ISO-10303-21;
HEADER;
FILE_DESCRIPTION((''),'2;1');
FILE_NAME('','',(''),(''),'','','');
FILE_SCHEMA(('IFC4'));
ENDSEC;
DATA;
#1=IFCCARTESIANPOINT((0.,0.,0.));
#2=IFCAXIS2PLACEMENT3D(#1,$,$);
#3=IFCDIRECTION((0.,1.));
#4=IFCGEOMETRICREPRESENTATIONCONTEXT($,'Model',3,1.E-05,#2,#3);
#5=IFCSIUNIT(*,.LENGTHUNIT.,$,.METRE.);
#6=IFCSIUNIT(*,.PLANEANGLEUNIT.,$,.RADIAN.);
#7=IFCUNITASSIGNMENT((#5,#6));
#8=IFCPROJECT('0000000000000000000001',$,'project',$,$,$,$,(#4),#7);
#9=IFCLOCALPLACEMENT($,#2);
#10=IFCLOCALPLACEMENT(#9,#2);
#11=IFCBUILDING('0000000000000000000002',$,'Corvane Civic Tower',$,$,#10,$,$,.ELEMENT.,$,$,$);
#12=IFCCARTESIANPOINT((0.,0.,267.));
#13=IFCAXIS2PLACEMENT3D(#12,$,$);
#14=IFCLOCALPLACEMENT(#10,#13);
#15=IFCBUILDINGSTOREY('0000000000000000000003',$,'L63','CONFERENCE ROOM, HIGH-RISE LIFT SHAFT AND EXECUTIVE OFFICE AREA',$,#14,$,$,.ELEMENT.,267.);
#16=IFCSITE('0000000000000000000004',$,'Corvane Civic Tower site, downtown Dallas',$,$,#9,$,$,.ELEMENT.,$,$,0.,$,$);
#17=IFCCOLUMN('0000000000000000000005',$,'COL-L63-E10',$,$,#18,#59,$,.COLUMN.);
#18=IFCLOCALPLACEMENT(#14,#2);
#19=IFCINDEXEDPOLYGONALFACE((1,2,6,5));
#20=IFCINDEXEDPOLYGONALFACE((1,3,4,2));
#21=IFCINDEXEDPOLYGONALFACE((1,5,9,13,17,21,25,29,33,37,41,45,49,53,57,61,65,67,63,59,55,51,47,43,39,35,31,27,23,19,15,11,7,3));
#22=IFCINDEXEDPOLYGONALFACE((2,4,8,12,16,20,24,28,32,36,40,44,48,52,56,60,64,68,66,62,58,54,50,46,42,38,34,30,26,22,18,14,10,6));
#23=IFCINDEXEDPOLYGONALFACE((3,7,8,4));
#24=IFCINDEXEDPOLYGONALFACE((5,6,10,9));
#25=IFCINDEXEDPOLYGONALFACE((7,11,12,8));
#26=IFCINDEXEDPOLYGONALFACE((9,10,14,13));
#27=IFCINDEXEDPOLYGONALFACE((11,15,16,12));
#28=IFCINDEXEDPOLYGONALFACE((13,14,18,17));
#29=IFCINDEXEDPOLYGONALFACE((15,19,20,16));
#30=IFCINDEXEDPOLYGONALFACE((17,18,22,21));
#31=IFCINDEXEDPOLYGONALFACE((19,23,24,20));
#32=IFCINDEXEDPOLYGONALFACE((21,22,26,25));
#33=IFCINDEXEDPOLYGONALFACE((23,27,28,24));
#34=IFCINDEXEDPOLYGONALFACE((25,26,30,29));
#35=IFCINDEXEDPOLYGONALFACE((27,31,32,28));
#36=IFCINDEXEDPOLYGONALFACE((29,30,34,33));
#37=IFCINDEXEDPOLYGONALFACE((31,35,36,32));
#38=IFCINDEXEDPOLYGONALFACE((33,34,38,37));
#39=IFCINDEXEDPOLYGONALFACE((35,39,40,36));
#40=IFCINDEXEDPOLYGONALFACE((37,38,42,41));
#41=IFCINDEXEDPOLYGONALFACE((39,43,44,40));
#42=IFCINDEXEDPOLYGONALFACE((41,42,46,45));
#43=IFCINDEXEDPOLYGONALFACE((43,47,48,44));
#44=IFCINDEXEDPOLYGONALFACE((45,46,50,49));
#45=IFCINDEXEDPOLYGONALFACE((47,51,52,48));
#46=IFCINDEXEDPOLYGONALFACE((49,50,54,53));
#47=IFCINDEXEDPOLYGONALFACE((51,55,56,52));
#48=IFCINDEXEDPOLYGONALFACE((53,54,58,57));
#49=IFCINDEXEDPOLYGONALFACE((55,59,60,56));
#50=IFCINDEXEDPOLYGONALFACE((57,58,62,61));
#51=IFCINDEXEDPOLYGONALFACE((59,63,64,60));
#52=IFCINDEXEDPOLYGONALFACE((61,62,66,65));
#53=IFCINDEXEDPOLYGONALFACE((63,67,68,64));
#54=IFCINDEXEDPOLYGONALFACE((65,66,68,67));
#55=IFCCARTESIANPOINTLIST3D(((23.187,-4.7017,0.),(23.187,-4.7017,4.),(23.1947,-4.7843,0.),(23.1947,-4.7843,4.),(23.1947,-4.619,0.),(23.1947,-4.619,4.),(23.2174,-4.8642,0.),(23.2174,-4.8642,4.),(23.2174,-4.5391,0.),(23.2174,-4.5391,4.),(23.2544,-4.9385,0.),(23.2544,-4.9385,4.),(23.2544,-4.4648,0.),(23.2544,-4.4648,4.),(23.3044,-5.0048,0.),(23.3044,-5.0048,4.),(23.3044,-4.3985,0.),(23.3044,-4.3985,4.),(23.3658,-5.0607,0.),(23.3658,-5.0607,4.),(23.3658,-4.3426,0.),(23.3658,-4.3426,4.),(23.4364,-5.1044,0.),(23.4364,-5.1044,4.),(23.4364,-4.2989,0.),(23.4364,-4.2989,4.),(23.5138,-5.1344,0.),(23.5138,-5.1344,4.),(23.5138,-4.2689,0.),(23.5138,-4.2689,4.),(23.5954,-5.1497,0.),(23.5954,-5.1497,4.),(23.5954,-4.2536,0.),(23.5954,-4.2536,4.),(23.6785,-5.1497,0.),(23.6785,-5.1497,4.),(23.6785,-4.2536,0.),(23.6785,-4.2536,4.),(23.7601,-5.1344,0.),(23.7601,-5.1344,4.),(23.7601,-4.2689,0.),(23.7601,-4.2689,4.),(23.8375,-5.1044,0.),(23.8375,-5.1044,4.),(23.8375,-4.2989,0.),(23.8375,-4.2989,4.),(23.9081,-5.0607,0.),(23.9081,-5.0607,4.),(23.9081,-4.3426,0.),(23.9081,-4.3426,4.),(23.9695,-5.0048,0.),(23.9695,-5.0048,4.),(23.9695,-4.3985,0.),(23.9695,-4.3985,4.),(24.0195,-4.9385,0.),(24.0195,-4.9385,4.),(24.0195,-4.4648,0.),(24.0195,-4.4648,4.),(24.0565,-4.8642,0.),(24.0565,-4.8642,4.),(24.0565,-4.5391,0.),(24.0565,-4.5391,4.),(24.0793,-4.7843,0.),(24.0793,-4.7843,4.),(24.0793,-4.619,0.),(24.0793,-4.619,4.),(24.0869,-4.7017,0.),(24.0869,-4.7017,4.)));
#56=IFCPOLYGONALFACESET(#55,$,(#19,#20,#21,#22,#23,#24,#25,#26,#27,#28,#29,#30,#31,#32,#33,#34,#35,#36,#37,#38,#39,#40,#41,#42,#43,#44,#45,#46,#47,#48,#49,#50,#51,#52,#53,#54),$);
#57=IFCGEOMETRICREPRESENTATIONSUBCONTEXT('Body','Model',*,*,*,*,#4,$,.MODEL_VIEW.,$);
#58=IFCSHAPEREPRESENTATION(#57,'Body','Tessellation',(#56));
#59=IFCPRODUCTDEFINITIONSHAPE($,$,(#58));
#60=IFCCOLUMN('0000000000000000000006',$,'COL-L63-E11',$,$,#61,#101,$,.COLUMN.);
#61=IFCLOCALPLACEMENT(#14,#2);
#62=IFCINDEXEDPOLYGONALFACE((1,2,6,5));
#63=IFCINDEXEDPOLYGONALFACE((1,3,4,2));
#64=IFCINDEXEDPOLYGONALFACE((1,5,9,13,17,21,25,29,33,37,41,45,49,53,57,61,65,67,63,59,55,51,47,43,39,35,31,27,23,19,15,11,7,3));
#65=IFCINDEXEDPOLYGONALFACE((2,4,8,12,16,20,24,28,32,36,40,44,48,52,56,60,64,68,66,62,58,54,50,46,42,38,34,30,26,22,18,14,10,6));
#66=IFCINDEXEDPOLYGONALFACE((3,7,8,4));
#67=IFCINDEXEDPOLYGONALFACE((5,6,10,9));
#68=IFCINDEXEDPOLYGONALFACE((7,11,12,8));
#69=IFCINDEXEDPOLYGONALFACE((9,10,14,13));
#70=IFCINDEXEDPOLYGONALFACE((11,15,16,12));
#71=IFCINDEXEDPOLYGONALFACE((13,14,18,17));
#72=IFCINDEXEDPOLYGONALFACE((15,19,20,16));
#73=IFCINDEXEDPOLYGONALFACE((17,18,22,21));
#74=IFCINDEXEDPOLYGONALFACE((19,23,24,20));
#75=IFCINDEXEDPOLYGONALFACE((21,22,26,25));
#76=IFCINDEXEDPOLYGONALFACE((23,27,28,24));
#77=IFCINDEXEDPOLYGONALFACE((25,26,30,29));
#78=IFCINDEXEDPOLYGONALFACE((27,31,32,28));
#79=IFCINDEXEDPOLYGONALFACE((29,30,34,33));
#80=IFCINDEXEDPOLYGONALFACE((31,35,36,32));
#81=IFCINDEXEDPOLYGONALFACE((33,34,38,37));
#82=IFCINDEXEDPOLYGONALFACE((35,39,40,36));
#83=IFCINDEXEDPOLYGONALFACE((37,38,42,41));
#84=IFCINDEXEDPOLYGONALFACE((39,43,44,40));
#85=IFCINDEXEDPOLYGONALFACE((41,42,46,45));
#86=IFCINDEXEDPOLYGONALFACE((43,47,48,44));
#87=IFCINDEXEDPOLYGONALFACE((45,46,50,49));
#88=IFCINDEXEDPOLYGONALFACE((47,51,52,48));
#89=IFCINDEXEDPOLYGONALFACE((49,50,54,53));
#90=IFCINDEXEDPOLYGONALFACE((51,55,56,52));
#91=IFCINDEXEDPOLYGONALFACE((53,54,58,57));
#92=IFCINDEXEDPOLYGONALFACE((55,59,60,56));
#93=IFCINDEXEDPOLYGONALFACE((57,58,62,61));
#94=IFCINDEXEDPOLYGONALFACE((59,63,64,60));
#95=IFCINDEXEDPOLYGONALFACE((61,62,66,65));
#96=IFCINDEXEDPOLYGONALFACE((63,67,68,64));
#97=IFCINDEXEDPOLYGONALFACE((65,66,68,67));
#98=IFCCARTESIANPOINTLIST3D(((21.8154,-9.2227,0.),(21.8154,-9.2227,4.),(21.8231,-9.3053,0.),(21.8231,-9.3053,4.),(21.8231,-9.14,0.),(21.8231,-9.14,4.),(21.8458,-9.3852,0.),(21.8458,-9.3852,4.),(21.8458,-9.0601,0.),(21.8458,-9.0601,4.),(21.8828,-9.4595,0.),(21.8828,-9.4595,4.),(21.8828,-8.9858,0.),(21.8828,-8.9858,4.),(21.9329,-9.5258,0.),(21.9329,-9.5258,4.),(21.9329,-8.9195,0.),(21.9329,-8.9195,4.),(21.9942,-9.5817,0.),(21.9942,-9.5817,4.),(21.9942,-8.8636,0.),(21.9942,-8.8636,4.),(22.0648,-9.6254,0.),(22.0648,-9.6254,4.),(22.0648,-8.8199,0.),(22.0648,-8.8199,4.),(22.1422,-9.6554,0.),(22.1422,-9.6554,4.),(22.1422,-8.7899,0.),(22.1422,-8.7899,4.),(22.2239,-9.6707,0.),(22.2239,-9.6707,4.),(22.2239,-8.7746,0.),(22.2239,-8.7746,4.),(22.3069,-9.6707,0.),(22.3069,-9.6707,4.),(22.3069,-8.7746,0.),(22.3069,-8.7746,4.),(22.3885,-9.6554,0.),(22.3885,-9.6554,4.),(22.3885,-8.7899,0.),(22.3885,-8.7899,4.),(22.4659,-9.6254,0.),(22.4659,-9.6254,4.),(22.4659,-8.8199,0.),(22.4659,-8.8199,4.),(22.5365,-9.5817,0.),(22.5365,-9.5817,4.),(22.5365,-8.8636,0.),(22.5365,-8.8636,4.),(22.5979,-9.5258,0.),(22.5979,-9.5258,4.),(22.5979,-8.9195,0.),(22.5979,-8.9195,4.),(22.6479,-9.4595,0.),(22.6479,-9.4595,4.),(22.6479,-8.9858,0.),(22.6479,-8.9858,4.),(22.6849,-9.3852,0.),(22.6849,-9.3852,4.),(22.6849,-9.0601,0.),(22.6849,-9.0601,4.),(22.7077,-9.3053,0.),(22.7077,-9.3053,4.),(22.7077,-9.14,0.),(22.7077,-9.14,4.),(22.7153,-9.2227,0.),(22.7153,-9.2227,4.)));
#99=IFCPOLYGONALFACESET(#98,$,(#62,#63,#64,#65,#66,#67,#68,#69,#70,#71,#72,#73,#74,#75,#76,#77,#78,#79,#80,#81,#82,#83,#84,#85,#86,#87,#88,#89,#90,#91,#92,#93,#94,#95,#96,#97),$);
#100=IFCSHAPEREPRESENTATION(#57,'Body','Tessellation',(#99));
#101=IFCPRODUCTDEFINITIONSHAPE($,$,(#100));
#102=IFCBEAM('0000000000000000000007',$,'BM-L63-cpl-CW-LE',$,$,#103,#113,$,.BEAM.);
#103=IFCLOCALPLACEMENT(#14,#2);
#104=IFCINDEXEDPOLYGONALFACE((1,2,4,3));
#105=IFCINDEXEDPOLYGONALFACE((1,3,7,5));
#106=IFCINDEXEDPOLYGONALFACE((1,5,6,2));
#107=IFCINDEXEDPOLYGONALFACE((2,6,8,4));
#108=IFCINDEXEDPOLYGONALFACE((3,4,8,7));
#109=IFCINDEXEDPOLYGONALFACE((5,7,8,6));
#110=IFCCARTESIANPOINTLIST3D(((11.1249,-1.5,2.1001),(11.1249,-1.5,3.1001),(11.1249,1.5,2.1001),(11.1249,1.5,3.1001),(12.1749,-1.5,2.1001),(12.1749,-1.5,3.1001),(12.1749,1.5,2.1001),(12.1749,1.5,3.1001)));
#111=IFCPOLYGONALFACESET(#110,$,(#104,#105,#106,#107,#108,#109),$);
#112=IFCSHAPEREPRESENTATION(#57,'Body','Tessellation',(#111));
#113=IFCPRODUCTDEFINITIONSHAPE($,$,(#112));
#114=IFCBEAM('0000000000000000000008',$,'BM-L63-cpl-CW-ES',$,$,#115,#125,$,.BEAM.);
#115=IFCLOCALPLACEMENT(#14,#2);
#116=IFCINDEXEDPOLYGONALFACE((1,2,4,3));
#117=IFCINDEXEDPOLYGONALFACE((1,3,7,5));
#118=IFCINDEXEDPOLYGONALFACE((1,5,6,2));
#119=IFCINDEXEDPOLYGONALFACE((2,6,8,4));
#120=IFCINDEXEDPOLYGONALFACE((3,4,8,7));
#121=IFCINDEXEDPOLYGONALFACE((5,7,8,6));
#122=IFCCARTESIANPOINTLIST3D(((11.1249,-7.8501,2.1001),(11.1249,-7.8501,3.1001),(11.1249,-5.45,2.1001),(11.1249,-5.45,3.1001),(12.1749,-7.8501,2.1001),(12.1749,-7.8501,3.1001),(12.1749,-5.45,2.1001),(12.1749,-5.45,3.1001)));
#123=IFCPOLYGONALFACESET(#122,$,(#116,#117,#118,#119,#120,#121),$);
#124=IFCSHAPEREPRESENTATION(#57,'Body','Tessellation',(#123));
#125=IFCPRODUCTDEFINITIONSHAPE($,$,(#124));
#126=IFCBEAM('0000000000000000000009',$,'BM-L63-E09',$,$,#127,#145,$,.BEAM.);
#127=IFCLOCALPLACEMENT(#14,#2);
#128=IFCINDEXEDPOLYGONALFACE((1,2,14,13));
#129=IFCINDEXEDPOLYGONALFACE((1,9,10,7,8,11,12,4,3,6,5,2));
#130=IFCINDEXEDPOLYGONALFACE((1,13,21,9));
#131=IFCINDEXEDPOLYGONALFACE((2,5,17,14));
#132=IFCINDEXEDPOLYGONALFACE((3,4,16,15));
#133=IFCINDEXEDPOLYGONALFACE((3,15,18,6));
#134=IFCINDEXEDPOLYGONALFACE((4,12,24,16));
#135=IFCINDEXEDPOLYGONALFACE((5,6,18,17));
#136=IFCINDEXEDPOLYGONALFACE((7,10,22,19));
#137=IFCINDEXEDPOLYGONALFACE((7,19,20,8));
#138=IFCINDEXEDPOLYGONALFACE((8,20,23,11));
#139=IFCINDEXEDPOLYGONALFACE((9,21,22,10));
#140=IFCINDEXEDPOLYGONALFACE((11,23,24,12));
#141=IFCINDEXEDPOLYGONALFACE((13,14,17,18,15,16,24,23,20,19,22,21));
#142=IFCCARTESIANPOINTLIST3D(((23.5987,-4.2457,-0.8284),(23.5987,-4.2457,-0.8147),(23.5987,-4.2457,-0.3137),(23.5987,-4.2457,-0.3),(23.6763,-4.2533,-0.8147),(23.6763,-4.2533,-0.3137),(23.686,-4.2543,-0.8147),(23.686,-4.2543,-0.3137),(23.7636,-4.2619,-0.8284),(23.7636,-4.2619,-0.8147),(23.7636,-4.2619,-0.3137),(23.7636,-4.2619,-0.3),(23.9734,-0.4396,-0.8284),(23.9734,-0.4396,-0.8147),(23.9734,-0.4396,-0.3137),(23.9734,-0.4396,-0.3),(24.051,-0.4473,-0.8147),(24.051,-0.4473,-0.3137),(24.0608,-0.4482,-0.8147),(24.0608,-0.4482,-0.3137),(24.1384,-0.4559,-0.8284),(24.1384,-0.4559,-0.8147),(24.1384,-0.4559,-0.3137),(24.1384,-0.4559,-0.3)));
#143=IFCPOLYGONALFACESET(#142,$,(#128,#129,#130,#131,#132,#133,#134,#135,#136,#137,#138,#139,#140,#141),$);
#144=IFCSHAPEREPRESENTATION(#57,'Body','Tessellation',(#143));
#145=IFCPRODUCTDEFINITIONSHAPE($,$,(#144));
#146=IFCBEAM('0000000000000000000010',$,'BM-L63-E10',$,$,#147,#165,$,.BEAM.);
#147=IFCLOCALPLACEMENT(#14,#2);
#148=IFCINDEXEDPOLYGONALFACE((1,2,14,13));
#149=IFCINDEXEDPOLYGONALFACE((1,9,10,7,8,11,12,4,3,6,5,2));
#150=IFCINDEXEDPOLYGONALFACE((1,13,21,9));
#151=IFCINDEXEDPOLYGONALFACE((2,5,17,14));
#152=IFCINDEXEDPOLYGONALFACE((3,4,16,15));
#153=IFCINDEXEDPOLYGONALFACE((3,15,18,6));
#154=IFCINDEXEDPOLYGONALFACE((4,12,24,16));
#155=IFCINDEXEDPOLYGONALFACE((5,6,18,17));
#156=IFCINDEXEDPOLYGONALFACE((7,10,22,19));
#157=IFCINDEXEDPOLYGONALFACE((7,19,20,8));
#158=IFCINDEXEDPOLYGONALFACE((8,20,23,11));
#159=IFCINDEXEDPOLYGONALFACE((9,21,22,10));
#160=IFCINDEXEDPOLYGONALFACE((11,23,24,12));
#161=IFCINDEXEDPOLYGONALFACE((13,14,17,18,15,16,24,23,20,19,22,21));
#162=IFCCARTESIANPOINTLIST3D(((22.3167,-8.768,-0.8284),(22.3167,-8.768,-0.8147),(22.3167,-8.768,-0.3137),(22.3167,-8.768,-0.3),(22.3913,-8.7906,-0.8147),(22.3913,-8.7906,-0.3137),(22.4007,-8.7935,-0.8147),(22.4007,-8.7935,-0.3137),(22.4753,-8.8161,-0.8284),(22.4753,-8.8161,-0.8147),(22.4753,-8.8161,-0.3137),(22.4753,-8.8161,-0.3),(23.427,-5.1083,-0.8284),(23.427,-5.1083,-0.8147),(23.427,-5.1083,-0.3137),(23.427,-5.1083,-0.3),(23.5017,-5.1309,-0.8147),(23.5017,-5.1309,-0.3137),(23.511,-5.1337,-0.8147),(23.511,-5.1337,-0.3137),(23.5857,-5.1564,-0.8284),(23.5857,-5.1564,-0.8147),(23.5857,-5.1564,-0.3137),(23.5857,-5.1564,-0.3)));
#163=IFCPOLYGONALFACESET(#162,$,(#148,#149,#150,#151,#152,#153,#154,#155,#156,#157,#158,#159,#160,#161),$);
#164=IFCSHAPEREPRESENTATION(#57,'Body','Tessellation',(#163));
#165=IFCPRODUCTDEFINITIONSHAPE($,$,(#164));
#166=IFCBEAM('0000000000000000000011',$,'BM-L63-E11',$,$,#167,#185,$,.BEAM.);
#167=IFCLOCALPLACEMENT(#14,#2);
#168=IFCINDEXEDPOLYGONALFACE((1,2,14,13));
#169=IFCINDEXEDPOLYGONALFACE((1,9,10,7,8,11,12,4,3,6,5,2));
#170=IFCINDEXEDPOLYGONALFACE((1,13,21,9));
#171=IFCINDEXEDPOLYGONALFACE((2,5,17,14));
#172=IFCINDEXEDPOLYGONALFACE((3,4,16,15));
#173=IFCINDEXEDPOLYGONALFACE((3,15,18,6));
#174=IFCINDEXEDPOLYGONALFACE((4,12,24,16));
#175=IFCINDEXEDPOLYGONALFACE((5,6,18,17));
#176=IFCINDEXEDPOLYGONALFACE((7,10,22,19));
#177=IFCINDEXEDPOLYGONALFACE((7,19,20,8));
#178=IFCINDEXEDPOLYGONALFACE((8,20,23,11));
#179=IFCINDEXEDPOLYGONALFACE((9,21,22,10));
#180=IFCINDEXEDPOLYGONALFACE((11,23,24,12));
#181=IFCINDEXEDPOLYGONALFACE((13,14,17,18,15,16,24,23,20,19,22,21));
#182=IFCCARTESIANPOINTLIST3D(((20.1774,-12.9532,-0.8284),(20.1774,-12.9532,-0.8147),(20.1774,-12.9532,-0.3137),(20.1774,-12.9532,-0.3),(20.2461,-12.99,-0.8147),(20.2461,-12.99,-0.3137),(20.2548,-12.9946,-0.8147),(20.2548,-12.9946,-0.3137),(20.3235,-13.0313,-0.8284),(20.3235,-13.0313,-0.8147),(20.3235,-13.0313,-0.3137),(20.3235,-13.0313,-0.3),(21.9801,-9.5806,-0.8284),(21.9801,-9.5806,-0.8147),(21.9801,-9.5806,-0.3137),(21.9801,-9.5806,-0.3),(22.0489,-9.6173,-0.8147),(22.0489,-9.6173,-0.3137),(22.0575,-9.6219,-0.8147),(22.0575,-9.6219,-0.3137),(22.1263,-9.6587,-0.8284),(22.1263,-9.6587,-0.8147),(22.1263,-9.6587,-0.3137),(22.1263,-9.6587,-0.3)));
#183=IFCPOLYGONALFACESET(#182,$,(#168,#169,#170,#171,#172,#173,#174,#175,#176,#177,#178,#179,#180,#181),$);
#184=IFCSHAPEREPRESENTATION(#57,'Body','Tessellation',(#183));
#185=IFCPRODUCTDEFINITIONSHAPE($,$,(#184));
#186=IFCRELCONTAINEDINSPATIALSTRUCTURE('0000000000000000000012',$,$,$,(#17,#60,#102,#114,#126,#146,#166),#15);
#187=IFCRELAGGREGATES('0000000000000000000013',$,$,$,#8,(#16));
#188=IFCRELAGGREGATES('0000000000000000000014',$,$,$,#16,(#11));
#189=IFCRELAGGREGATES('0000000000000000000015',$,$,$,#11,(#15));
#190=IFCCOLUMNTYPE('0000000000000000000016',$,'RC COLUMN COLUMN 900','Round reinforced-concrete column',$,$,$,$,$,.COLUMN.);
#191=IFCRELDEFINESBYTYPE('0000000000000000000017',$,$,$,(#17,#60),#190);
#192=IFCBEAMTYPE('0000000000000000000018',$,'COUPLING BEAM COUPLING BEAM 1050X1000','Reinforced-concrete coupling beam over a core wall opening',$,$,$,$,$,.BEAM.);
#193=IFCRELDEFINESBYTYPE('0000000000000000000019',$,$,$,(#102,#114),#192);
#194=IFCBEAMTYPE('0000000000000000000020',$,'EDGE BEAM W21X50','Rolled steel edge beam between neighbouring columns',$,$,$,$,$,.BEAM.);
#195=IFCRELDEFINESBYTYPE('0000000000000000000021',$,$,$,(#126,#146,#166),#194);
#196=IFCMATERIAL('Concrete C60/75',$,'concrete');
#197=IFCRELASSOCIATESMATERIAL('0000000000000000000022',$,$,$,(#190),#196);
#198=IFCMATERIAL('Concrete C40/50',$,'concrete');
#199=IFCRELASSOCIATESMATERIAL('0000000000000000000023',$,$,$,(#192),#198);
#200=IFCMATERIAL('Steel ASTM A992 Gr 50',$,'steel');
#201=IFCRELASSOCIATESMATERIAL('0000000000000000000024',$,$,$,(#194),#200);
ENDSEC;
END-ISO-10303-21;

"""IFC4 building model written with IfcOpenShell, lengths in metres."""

from ifc_helpers import new_model, si_unit, direction, frame, origin, origin_2d, place, context, subcontext, project, spatial, rectangle, circle, i_section, extrude, material, material_profile, profile_set, type_object, element, save


model = new_model("IFC4")

# Units and contexts
model_context = context("Model", 3, precision=1e-05, world=origin(), true_north=direction((0.0, 1.0)))
body_context = subcontext(model_context, "Body", "Model", "MODEL_VIEW")
ifc_project = project(units=[si_unit("LENGTHUNIT", "METRE"), si_unit("PLANEANGLEUNIT", "RADIAN")], contexts=[model_context])

# Site, building, storey
site_placement = place(None, origin())
site = spatial("IfcSite", under=ifc_project, at=site_placement, Name="Corvane Civic Tower site, downtown Dallas", CompositionType="ELEMENT", RefElevation=0.0)
building_placement = place(site_placement, origin())
building = spatial("IfcBuilding", under=site, at=building_placement, Name="Corvane Civic Tower", CompositionType="ELEMENT")
storey_placement = place(building_placement, frame((0.0, 0.0, 267.0)))
storey = spatial("IfcBuildingStorey", under=building, at=storey_placement, Name="L63", Description="CONFERENCE ROOM, HIGH-RISE LIFT SHAFT AND EXECUTIVE OFFICE AREA", CompositionType="ELEMENT", Elevation=267.0)

# Columns
ifc_material_1 = material(Name="Concrete C60/75", Category="concrete")
ifc_material_profile_1 = material_profile(ifc_material_1, circle(Radius=0.45, at=origin_2d()), Name="COLUMN 900")
ifc_profile_set_1 = profile_set([ifc_material_profile_1], Name="Concrete C60/75")
column_type = type_object("IfcColumnType", Name="RC COLUMN COLUMN 900", Description="Round reinforced-concrete column", PredefinedType="COLUMN", material=ifc_profile_set_1)
for number, where, z_axis, x_axis, name in (
    (1, (23.637, -4.7017, 0.0), (0.0, 0.0, 1.0), (1.0, 0.0, 0.0), "COL-L63-E10"),
    (2, (22.2654, -9.2227, 0.0), (0.0, 0.0, 1.0), (1.0, 0.0, 0.0), "COL-L63-E11"),
):
    element("IfcColumn", number, at=place(storey_placement, frame(where, z_axis=z_axis, x_axis=x_axis)), inside=storey, type_object=column_type, Name=name, PredefinedType="COLUMN", context=body_context, shape_type="SweptSolid", body=[
        extrude(circle(Radius=0.45, at=origin_2d()), origin(), (0.0, 0.0, 1.0), 4.0),
    ])

# Beams
ifc_material_2 = material(Name="Concrete C40/50", Category="concrete")
ifc_material_profile_2 = material_profile(ifc_material_2, rectangle(XDim=1.05, YDim=1.0, at=origin_2d()), Name="COUPLING BEAM 1050X1000")
ifc_profile_set_2 = profile_set([ifc_material_profile_2], Name="Concrete C40/50")
beam_type_1 = type_object("IfcBeamType", Name="COUPLING BEAM COUPLING BEAM 1050X1000", Description="Reinforced-concrete coupling beam over a core wall opening", PredefinedType="BEAM", material=ifc_profile_set_2)
beam_1_placement = place(storey_placement, frame((11.6499, -1.5, 2.6001), z_axis=(0.0, 1.0, 0.0), x_axis=(-1.0, 0.0, 0.0)))
element("IfcBeam", 3, at=beam_1_placement, inside=storey, type_object=beam_type_1, Name="BM-L63-cpl-CW-LE", PredefinedType="BEAM", context=body_context, shape_type="SweptSolid", body=[
    extrude(rectangle(XDim=1.05, YDim=1.0, at=origin_2d()), origin(), (0.0, 0.0, 1.0), 3.0),
])
beam_2_placement = place(storey_placement, frame((11.6499, -7.8501, 2.6001), z_axis=(0.0, 1.0, 0.0), x_axis=(-1.0, 0.0, 0.0)))
element("IfcBeam", 4, at=beam_2_placement, inside=storey, type_object=beam_type_1, Name="BM-L63-cpl-CW-ES", PredefinedType="BEAM", context=body_context, shape_type="SweptSolid", body=[
    extrude(rectangle(XDim=1.05, YDim=1.0, at=origin_2d()), origin(), (0.0, 0.0, 1.0), 2.4001),
])
ifc_material_3 = material(Name="Steel ASTM A992 Gr 50", Category="steel")
ifc_material_profile_3 = material_profile(ifc_material_3, i_section(OverallWidth=0.1658, OverallDepth=0.5283, WebThickness=0.0098, FlangeThickness=0.0137, at=origin_2d()), Name="W21X50")
ifc_profile_set_3 = profile_set([ifc_material_profile_3], Name="Steel ASTM A992 Gr 50")
beam_type_2 = type_object("IfcBeamType", Name="EDGE BEAM W21X50", Description="Rolled steel edge beam between neighbouring columns", PredefinedType="BEAM", material=ifc_profile_set_3)
for number, where, z_axis, x_axis, name in (
    (5, (24.0559, -0.4478, -0.5642), (-0.097987, -0.995188, 0.0), (0.995188, -0.097987, 0.0), "BM-L63-E09"),
    (6, (23.5063, -5.1323, -0.5642), (-0.290333, -0.956926, 0.0), (0.956926, -0.290333, 0.0), "BM-L63-E10"),
):
    element("IfcBeam", number, at=place(storey_placement, frame(where, z_axis=z_axis, x_axis=x_axis)), inside=storey, type_object=beam_type_2, Name=name, PredefinedType="BEAM", context=body_context, shape_type="SweptSolid", body=[
        extrude(i_section(OverallWidth=0.1658, OverallDepth=0.5283, WebThickness=0.0098, FlangeThickness=0.0137, at=origin_2d()), origin(), (0.0, 0.0, 1.0), 3.8245),
    ])
beam_3_placement = place(storey_placement, frame((22.0532, -9.6196, -0.5642), z_axis=(-0.47141, -0.881914, 0.0), x_axis=(0.881914, -0.47141, 0.0)))
element("IfcBeam", 7, at=beam_3_placement, inside=storey, type_object=beam_type_2, Name="BM-L63-E11", PredefinedType="BEAM", context=body_context, shape_type="SweptSolid", body=[
    extrude(i_section(OverallWidth=0.1658, OverallDepth=0.5283, WebThickness=0.0098, FlangeThickness=0.0137, at=origin_2d()), origin(), (0.0, 0.0, 1.0), 3.8242),
])

save(model, "model.ifc")
